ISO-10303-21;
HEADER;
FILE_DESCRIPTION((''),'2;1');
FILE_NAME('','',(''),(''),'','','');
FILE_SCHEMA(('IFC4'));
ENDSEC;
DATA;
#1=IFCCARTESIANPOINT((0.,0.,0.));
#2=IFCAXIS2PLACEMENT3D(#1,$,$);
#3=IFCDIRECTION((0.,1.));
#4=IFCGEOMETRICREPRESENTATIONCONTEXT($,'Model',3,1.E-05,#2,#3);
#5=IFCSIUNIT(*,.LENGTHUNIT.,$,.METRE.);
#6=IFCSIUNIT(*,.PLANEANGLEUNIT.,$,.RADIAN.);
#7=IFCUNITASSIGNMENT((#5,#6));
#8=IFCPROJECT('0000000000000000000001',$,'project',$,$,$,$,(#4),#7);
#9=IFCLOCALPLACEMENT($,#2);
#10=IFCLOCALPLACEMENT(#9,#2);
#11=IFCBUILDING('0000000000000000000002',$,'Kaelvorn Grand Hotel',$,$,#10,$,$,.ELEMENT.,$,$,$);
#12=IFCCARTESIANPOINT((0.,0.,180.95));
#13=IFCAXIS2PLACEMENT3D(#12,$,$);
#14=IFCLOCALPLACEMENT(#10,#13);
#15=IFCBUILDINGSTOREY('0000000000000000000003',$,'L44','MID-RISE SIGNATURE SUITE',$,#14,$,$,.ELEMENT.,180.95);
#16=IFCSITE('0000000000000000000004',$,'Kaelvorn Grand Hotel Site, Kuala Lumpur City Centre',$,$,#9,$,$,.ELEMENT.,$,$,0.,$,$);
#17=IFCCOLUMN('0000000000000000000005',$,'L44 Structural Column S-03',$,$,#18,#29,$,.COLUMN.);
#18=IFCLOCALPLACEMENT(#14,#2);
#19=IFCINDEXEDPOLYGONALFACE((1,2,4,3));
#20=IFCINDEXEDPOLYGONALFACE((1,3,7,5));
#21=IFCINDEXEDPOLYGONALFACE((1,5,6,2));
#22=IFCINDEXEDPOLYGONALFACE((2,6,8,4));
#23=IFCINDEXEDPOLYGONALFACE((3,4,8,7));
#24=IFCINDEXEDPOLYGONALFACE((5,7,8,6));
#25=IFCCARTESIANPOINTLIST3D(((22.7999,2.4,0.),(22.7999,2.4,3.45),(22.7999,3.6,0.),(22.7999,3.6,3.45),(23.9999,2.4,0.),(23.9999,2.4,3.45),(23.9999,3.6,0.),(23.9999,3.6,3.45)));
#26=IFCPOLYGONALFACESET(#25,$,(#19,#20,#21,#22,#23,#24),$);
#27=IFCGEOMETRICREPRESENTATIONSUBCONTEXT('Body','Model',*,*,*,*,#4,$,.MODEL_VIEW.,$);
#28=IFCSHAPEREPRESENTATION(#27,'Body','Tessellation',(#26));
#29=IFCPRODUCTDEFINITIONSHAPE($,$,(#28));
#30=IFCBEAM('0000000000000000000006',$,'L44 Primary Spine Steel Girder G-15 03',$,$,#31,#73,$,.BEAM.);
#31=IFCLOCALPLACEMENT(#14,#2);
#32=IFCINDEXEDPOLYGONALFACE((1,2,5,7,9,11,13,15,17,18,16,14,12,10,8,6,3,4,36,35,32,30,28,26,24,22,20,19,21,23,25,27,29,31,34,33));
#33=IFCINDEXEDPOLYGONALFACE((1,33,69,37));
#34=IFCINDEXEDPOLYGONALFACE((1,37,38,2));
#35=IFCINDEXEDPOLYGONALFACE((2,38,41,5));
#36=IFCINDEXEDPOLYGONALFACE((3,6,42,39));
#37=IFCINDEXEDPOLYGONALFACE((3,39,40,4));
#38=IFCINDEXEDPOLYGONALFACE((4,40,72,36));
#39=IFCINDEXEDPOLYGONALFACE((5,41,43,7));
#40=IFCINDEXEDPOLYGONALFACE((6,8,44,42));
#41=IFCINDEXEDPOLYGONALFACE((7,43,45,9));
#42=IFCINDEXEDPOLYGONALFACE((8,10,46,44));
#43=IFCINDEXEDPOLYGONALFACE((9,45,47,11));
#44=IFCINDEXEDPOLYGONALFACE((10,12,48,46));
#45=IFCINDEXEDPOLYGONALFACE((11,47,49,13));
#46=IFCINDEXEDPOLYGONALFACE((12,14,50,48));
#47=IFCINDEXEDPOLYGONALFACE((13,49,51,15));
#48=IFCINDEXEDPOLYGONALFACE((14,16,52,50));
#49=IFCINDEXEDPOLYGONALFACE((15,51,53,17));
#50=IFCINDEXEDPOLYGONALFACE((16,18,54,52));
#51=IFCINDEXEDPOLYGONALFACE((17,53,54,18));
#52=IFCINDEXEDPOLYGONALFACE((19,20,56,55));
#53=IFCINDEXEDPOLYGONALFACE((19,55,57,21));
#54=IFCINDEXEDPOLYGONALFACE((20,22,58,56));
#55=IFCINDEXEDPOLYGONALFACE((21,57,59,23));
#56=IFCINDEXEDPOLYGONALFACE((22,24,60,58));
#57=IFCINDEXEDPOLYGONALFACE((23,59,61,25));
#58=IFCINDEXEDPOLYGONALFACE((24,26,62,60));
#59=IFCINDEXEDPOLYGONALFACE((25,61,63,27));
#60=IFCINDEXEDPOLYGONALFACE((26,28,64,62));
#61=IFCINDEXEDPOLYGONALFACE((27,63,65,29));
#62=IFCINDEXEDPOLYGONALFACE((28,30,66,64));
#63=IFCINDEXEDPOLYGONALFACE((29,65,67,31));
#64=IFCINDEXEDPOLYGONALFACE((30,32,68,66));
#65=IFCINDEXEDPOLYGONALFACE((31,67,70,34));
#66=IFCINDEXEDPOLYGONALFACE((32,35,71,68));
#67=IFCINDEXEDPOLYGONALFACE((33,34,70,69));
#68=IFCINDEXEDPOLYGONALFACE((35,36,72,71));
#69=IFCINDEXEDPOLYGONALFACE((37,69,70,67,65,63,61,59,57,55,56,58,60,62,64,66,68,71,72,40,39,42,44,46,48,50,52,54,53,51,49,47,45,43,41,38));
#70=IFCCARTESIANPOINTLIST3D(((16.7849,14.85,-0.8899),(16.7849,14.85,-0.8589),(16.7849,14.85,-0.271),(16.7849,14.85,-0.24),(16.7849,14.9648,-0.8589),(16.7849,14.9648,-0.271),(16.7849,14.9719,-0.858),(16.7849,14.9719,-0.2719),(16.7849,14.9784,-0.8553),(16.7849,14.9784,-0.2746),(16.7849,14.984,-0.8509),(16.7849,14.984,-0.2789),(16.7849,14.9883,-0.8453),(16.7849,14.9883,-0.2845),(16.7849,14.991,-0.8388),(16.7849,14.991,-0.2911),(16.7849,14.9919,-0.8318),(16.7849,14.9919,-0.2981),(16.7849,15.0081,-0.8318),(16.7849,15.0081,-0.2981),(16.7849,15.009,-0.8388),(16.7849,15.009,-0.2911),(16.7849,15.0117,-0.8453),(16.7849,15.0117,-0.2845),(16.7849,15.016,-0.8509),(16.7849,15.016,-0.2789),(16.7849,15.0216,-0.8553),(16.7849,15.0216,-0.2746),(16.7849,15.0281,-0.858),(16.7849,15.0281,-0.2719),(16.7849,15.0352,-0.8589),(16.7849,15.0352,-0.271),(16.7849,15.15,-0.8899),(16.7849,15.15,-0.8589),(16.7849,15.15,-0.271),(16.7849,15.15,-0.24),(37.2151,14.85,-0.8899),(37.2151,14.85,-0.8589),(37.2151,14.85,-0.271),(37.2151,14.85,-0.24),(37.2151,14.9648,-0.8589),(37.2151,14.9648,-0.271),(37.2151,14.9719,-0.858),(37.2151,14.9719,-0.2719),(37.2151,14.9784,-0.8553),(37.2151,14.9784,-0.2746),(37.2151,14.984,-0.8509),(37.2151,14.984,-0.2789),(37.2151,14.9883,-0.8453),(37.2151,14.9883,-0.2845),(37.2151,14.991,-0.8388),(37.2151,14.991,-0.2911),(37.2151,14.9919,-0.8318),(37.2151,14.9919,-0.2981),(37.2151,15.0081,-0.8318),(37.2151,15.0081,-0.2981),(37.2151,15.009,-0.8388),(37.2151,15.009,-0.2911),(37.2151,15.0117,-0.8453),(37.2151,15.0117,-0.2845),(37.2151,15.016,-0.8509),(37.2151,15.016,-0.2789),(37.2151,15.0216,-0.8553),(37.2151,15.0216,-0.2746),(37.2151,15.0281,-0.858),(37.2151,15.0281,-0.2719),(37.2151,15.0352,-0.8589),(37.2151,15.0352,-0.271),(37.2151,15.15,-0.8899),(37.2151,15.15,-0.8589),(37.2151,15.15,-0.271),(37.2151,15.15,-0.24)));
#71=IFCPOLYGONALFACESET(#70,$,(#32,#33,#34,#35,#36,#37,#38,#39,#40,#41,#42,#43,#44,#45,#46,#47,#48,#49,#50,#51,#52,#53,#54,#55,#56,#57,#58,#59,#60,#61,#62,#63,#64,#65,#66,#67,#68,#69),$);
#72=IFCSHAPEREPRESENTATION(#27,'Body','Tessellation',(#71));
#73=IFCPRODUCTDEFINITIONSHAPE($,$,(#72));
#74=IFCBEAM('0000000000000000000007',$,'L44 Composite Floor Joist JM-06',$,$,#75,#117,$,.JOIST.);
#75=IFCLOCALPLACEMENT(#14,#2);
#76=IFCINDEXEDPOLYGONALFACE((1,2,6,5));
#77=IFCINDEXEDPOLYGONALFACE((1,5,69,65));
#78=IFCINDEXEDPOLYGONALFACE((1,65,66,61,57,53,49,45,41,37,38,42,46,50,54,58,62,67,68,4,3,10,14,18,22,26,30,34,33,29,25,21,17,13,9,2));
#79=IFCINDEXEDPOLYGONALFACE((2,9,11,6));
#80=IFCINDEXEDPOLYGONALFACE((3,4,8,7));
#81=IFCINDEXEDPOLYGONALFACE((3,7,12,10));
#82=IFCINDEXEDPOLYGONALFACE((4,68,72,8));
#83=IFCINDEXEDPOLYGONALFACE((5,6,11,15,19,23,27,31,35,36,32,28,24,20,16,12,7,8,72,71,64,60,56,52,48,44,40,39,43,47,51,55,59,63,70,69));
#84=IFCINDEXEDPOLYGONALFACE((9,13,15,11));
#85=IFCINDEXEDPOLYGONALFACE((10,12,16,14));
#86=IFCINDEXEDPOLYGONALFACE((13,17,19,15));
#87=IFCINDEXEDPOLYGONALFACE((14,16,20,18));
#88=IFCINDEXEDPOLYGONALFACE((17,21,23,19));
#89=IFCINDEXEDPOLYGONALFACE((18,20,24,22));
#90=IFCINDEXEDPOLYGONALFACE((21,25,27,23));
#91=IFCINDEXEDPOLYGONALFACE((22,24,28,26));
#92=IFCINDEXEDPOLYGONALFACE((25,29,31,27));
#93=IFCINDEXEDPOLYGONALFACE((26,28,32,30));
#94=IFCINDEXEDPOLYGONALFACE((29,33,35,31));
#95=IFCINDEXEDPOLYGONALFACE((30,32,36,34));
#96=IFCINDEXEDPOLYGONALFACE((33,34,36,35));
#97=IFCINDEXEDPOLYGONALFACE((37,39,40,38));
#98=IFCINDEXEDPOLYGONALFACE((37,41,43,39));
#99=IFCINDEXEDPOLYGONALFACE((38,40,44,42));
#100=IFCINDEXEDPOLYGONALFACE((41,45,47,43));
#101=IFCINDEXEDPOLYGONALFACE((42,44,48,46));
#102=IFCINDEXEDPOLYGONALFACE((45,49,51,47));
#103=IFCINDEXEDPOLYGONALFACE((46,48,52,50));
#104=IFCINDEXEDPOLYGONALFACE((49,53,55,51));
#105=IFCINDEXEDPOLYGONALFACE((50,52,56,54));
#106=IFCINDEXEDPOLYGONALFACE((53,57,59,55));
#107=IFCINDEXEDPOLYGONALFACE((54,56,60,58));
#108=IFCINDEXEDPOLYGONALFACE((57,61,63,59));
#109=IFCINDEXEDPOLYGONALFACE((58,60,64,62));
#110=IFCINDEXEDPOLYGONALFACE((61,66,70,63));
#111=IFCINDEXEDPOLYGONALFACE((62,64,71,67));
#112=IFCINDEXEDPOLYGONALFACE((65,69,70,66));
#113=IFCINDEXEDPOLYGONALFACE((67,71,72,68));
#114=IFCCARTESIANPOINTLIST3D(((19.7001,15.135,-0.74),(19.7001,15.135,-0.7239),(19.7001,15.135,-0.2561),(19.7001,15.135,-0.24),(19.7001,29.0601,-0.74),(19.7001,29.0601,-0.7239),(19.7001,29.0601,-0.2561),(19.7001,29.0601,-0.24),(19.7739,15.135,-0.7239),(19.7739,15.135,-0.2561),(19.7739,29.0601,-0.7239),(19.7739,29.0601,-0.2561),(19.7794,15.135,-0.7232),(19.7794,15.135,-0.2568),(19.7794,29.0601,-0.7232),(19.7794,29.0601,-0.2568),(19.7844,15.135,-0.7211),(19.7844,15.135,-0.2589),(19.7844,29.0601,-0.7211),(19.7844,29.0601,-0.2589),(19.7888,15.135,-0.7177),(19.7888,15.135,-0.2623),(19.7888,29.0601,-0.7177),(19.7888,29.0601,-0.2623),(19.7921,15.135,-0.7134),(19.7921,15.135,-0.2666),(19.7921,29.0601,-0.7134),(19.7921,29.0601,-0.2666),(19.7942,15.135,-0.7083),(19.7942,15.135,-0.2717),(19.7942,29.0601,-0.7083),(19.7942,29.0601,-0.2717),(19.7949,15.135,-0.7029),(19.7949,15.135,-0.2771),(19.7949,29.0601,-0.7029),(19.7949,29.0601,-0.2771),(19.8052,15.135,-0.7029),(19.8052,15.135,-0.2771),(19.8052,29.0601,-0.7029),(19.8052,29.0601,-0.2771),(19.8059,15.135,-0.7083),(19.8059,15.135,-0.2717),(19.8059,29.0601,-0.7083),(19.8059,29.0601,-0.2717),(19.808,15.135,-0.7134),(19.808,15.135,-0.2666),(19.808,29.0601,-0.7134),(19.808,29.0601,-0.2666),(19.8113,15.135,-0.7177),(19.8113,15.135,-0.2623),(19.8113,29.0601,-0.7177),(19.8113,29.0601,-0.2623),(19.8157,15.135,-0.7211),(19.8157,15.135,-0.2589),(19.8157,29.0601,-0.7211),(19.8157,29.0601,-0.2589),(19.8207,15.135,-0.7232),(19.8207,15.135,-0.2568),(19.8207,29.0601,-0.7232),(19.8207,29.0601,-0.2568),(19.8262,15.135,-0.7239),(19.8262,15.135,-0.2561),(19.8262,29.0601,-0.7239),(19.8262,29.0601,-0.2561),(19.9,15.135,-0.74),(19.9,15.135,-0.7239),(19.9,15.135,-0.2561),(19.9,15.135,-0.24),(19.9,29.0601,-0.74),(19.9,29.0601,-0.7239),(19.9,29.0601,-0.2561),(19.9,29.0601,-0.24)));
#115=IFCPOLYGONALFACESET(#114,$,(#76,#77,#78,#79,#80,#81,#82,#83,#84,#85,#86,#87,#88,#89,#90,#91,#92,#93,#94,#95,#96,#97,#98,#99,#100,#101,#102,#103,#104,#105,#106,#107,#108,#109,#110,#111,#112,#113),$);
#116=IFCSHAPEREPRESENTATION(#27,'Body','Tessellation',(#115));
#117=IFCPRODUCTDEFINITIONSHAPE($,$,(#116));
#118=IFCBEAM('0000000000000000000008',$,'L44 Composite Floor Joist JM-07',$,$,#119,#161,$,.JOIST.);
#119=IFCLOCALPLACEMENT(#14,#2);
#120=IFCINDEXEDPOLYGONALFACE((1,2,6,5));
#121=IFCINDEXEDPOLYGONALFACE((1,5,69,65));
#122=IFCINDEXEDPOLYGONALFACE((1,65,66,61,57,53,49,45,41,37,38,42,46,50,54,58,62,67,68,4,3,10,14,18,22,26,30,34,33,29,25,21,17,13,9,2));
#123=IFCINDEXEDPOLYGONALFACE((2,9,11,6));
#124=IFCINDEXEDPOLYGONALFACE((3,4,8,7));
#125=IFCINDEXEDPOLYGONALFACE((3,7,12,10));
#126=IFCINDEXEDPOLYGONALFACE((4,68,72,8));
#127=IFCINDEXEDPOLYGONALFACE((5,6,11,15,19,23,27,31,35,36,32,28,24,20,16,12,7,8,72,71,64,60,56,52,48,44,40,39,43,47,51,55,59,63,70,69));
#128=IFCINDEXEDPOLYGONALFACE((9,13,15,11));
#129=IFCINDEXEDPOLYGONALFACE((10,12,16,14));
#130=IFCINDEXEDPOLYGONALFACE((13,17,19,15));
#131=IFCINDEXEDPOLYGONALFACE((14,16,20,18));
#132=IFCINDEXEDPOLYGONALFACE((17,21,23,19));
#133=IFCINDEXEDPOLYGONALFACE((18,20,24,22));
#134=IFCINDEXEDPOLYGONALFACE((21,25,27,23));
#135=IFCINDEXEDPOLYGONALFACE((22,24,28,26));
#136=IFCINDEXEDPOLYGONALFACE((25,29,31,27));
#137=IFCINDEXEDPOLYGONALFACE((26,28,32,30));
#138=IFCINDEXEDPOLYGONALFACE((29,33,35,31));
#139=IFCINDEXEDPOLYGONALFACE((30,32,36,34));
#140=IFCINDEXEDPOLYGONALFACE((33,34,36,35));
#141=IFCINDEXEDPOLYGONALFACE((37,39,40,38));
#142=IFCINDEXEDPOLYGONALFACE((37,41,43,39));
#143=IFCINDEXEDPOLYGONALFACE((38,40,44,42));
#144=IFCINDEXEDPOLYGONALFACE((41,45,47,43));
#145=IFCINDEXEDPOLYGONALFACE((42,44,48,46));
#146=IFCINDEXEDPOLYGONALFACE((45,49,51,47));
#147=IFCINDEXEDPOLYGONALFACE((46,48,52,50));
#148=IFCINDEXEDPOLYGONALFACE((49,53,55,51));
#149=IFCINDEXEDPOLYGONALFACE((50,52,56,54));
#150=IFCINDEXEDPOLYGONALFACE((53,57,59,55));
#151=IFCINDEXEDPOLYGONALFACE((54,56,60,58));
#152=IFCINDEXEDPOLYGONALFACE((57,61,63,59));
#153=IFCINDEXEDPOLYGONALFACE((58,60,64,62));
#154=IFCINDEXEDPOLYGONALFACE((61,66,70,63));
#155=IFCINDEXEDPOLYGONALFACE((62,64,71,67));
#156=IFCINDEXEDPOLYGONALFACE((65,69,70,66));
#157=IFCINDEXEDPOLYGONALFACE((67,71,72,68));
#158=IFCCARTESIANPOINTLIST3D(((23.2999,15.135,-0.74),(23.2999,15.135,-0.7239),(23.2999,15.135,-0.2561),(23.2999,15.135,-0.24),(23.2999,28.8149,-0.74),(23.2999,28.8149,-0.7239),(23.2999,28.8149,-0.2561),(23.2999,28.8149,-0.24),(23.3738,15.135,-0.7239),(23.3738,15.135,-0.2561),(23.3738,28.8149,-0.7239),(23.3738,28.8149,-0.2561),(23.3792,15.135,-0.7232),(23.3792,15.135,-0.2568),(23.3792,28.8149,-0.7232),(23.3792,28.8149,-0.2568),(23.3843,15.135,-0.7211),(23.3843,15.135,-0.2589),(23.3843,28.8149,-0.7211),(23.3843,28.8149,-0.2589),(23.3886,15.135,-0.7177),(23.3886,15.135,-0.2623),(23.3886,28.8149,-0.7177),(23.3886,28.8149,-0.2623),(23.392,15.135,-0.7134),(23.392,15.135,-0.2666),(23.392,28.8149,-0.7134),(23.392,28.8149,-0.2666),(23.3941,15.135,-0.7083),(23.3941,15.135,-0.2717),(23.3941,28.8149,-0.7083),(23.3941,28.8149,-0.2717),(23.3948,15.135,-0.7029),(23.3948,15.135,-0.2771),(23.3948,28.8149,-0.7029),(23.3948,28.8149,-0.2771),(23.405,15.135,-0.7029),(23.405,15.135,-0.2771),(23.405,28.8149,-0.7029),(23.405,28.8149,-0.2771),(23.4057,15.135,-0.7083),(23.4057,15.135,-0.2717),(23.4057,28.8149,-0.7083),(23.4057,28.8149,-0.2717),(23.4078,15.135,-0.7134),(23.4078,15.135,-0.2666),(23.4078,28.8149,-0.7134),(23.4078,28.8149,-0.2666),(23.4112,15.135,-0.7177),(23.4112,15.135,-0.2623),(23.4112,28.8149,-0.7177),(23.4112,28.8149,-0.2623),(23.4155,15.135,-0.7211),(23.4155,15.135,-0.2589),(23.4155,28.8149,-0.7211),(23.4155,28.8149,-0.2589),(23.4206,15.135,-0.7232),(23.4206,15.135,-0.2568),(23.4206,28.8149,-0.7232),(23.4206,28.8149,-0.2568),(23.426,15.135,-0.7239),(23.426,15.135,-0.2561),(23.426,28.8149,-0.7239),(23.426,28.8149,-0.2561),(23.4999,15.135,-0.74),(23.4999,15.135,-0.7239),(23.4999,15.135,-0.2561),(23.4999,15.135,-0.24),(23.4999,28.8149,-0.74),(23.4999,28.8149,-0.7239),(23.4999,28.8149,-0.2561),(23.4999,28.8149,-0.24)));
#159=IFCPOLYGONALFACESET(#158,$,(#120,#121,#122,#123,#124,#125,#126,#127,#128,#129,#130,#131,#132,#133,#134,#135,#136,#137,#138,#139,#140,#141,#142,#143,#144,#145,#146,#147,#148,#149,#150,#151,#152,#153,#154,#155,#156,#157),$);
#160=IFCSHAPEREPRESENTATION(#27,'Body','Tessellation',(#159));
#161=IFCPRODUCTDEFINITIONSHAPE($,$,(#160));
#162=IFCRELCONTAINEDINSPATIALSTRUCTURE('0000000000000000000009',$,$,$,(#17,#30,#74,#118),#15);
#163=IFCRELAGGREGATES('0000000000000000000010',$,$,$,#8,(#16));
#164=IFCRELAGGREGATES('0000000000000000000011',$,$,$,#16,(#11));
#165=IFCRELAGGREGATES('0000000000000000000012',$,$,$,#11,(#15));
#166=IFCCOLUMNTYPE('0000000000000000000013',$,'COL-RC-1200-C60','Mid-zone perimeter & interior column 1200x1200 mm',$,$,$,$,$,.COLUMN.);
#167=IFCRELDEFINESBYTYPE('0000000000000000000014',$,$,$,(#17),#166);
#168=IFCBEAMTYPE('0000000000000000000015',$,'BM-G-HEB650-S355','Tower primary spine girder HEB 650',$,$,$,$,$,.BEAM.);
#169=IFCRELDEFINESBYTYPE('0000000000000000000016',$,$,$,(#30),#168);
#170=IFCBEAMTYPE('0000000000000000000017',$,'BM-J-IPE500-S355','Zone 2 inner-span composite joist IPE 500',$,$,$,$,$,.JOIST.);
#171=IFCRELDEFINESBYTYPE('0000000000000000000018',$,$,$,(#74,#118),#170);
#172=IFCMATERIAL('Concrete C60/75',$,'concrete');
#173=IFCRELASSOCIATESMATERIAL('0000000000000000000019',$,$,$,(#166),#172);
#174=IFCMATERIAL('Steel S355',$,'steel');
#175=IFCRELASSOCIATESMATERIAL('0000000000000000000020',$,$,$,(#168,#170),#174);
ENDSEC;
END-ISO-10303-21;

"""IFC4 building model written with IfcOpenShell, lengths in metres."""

from ifc_helpers import new_model, si_unit, direction, frame, origin, origin_2d, place, context, subcontext, project, spatial, rectangle, i_section, extrude, material, material_profile, profile_set, type_object, element, save


model = new_model("IFC4")

# Units and contexts
model_context = context("Model", 3, precision=1e-05, world=origin(), true_north=direction((0.0, 1.0)))
body_context = subcontext(model_context, "Body", "Model", "MODEL_VIEW")
ifc_project = project(units=[si_unit("LENGTHUNIT", "METRE"), si_unit("PLANEANGLEUNIT", "RADIAN")], contexts=[model_context])

# Site, building, storey
site_placement = place(None, origin())
site = spatial("IfcSite", under=ifc_project, at=site_placement, Name="Kaelvorn Grand Hotel Site, Kuala Lumpur City Centre", CompositionType="ELEMENT", RefElevation=0.0)
building_placement = place(site_placement, origin())
building = spatial("IfcBuilding", under=site, at=building_placement, Name="Kaelvorn Grand Hotel", CompositionType="ELEMENT")
storey_placement = place(building_placement, frame((0.0, 0.0, 180.95)))
storey = spatial("IfcBuildingStorey", under=building, at=storey_placement, Name="L44", Description="MID-RISE SIGNATURE SUITE", CompositionType="ELEMENT", Elevation=180.95)

# Column
ifc_material_1 = material(Name="Concrete C60/75", Category="concrete")
ifc_material_profile_1 = material_profile(ifc_material_1, rectangle(XDim=1.2, YDim=1.2, at=origin_2d()), Name="RC COL 1200x1200")
ifc_profile_set_1 = profile_set([ifc_material_profile_1], Name="Concrete C60/75")
column_type = type_object("IfcColumnType", Name="COL-RC-1200-C60", Description="Mid-zone perimeter & interior column 1200x1200 mm", PredefinedType="COLUMN", material=ifc_profile_set_1)
column_placement = place(storey_placement, frame((23.3999, 3.0, 0.0), z_axis=(0.0, 0.0, 1.0), x_axis=(1.0, 0.0, 0.0)))
element("IfcColumn", 1, at=column_placement, inside=storey, type_object=column_type, Name="L44 Structural Column S-03", PredefinedType="COLUMN", context=body_context, shape_type="SweptSolid", body=[
    extrude(rectangle(XDim=1.2, YDim=1.2, at=origin_2d()), origin(), (0.0, 0.0, 1.0), 3.45),
])

# Beams
ifc_material_2 = material(Name="Steel S355", Category="steel")
ifc_material_profile_2 = material_profile(ifc_material_2, i_section(OverallWidth=0.3, OverallDepth=0.6499, WebThickness=0.0161, FlangeThickness=0.031, FilletRadius=0.0271, at=origin_2d()), Name="HEB 650")
ifc_profile_set_2 = profile_set([ifc_material_profile_2], Name="Steel S355")
beam_type_1 = type_object("IfcBeamType", Name="BM-G-HEB650-S355", Description="Tower primary spine girder HEB 650", PredefinedType="BEAM", material=ifc_profile_set_2)
beam_1_placement = place(storey_placement, frame((16.7849, 15.0, -0.5649), z_axis=(1.0, 0.0, 0.0), x_axis=(0.0, 1.0, 0.0)))
element("IfcBeam", 2, at=beam_1_placement, inside=storey, type_object=beam_type_1, Name="L44 Primary Spine Steel Girder G-15 03", PredefinedType="BEAM", context=body_context, shape_type="SweptSolid", body=[
    extrude(i_section(OverallWidth=0.3, OverallDepth=0.6499, WebThickness=0.0161, FlangeThickness=0.031, FilletRadius=0.0271, at=origin_2d()), origin(), (0.0, 0.0, 1.0), 20.4302),
])
ifc_material_profile_3 = material_profile(ifc_material_2, i_section(OverallWidth=0.2, OverallDepth=0.5, WebThickness=0.0103, FlangeThickness=0.0161, FilletRadius=0.021, at=origin_2d()), Name="IPE 500")
ifc_profile_set_3 = profile_set([ifc_material_profile_3], Name="Steel S355")
beam_type_2 = type_object("IfcBeamType", Name="BM-J-IPE500-S355", Description="Zone 2 inner-span composite joist IPE 500", PredefinedType="JOIST", material=ifc_profile_set_3)
beam_2_placement = place(storey_placement, frame((19.8, 15.135, -0.49), z_axis=(0.0, 1.0, 0.0), x_axis=(-1.0, 0.0, 0.0)))
element("IfcBeam", 3, at=beam_2_placement, inside=storey, type_object=beam_type_2, Name="L44 Composite Floor Joist JM-06", PredefinedType="JOIST", context=body_context, shape_type="SweptSolid", body=[
    extrude(i_section(OverallWidth=0.2, OverallDepth=0.5, WebThickness=0.0103, FlangeThickness=0.0161, FilletRadius=0.021, at=origin_2d()), origin(), (0.0, 0.0, 1.0), 13.925),
])
beam_3_placement = place(storey_placement, frame((23.3999, 15.135, -0.49), z_axis=(0.0, 1.0, 0.0), x_axis=(-1.0, 0.0, 0.0)))
element("IfcBeam", 4, at=beam_3_placement, inside=storey, type_object=beam_type_2, Name="L44 Composite Floor Joist JM-07", PredefinedType="JOIST", context=body_context, shape_type="SweptSolid", body=[
    extrude(i_section(OverallWidth=0.2, OverallDepth=0.5, WebThickness=0.0103, FlangeThickness=0.0161, FilletRadius=0.021, at=origin_2d()), origin(), (0.0, 0.0, 1.0), 13.6799),
])

save(model, "model.ifc")
